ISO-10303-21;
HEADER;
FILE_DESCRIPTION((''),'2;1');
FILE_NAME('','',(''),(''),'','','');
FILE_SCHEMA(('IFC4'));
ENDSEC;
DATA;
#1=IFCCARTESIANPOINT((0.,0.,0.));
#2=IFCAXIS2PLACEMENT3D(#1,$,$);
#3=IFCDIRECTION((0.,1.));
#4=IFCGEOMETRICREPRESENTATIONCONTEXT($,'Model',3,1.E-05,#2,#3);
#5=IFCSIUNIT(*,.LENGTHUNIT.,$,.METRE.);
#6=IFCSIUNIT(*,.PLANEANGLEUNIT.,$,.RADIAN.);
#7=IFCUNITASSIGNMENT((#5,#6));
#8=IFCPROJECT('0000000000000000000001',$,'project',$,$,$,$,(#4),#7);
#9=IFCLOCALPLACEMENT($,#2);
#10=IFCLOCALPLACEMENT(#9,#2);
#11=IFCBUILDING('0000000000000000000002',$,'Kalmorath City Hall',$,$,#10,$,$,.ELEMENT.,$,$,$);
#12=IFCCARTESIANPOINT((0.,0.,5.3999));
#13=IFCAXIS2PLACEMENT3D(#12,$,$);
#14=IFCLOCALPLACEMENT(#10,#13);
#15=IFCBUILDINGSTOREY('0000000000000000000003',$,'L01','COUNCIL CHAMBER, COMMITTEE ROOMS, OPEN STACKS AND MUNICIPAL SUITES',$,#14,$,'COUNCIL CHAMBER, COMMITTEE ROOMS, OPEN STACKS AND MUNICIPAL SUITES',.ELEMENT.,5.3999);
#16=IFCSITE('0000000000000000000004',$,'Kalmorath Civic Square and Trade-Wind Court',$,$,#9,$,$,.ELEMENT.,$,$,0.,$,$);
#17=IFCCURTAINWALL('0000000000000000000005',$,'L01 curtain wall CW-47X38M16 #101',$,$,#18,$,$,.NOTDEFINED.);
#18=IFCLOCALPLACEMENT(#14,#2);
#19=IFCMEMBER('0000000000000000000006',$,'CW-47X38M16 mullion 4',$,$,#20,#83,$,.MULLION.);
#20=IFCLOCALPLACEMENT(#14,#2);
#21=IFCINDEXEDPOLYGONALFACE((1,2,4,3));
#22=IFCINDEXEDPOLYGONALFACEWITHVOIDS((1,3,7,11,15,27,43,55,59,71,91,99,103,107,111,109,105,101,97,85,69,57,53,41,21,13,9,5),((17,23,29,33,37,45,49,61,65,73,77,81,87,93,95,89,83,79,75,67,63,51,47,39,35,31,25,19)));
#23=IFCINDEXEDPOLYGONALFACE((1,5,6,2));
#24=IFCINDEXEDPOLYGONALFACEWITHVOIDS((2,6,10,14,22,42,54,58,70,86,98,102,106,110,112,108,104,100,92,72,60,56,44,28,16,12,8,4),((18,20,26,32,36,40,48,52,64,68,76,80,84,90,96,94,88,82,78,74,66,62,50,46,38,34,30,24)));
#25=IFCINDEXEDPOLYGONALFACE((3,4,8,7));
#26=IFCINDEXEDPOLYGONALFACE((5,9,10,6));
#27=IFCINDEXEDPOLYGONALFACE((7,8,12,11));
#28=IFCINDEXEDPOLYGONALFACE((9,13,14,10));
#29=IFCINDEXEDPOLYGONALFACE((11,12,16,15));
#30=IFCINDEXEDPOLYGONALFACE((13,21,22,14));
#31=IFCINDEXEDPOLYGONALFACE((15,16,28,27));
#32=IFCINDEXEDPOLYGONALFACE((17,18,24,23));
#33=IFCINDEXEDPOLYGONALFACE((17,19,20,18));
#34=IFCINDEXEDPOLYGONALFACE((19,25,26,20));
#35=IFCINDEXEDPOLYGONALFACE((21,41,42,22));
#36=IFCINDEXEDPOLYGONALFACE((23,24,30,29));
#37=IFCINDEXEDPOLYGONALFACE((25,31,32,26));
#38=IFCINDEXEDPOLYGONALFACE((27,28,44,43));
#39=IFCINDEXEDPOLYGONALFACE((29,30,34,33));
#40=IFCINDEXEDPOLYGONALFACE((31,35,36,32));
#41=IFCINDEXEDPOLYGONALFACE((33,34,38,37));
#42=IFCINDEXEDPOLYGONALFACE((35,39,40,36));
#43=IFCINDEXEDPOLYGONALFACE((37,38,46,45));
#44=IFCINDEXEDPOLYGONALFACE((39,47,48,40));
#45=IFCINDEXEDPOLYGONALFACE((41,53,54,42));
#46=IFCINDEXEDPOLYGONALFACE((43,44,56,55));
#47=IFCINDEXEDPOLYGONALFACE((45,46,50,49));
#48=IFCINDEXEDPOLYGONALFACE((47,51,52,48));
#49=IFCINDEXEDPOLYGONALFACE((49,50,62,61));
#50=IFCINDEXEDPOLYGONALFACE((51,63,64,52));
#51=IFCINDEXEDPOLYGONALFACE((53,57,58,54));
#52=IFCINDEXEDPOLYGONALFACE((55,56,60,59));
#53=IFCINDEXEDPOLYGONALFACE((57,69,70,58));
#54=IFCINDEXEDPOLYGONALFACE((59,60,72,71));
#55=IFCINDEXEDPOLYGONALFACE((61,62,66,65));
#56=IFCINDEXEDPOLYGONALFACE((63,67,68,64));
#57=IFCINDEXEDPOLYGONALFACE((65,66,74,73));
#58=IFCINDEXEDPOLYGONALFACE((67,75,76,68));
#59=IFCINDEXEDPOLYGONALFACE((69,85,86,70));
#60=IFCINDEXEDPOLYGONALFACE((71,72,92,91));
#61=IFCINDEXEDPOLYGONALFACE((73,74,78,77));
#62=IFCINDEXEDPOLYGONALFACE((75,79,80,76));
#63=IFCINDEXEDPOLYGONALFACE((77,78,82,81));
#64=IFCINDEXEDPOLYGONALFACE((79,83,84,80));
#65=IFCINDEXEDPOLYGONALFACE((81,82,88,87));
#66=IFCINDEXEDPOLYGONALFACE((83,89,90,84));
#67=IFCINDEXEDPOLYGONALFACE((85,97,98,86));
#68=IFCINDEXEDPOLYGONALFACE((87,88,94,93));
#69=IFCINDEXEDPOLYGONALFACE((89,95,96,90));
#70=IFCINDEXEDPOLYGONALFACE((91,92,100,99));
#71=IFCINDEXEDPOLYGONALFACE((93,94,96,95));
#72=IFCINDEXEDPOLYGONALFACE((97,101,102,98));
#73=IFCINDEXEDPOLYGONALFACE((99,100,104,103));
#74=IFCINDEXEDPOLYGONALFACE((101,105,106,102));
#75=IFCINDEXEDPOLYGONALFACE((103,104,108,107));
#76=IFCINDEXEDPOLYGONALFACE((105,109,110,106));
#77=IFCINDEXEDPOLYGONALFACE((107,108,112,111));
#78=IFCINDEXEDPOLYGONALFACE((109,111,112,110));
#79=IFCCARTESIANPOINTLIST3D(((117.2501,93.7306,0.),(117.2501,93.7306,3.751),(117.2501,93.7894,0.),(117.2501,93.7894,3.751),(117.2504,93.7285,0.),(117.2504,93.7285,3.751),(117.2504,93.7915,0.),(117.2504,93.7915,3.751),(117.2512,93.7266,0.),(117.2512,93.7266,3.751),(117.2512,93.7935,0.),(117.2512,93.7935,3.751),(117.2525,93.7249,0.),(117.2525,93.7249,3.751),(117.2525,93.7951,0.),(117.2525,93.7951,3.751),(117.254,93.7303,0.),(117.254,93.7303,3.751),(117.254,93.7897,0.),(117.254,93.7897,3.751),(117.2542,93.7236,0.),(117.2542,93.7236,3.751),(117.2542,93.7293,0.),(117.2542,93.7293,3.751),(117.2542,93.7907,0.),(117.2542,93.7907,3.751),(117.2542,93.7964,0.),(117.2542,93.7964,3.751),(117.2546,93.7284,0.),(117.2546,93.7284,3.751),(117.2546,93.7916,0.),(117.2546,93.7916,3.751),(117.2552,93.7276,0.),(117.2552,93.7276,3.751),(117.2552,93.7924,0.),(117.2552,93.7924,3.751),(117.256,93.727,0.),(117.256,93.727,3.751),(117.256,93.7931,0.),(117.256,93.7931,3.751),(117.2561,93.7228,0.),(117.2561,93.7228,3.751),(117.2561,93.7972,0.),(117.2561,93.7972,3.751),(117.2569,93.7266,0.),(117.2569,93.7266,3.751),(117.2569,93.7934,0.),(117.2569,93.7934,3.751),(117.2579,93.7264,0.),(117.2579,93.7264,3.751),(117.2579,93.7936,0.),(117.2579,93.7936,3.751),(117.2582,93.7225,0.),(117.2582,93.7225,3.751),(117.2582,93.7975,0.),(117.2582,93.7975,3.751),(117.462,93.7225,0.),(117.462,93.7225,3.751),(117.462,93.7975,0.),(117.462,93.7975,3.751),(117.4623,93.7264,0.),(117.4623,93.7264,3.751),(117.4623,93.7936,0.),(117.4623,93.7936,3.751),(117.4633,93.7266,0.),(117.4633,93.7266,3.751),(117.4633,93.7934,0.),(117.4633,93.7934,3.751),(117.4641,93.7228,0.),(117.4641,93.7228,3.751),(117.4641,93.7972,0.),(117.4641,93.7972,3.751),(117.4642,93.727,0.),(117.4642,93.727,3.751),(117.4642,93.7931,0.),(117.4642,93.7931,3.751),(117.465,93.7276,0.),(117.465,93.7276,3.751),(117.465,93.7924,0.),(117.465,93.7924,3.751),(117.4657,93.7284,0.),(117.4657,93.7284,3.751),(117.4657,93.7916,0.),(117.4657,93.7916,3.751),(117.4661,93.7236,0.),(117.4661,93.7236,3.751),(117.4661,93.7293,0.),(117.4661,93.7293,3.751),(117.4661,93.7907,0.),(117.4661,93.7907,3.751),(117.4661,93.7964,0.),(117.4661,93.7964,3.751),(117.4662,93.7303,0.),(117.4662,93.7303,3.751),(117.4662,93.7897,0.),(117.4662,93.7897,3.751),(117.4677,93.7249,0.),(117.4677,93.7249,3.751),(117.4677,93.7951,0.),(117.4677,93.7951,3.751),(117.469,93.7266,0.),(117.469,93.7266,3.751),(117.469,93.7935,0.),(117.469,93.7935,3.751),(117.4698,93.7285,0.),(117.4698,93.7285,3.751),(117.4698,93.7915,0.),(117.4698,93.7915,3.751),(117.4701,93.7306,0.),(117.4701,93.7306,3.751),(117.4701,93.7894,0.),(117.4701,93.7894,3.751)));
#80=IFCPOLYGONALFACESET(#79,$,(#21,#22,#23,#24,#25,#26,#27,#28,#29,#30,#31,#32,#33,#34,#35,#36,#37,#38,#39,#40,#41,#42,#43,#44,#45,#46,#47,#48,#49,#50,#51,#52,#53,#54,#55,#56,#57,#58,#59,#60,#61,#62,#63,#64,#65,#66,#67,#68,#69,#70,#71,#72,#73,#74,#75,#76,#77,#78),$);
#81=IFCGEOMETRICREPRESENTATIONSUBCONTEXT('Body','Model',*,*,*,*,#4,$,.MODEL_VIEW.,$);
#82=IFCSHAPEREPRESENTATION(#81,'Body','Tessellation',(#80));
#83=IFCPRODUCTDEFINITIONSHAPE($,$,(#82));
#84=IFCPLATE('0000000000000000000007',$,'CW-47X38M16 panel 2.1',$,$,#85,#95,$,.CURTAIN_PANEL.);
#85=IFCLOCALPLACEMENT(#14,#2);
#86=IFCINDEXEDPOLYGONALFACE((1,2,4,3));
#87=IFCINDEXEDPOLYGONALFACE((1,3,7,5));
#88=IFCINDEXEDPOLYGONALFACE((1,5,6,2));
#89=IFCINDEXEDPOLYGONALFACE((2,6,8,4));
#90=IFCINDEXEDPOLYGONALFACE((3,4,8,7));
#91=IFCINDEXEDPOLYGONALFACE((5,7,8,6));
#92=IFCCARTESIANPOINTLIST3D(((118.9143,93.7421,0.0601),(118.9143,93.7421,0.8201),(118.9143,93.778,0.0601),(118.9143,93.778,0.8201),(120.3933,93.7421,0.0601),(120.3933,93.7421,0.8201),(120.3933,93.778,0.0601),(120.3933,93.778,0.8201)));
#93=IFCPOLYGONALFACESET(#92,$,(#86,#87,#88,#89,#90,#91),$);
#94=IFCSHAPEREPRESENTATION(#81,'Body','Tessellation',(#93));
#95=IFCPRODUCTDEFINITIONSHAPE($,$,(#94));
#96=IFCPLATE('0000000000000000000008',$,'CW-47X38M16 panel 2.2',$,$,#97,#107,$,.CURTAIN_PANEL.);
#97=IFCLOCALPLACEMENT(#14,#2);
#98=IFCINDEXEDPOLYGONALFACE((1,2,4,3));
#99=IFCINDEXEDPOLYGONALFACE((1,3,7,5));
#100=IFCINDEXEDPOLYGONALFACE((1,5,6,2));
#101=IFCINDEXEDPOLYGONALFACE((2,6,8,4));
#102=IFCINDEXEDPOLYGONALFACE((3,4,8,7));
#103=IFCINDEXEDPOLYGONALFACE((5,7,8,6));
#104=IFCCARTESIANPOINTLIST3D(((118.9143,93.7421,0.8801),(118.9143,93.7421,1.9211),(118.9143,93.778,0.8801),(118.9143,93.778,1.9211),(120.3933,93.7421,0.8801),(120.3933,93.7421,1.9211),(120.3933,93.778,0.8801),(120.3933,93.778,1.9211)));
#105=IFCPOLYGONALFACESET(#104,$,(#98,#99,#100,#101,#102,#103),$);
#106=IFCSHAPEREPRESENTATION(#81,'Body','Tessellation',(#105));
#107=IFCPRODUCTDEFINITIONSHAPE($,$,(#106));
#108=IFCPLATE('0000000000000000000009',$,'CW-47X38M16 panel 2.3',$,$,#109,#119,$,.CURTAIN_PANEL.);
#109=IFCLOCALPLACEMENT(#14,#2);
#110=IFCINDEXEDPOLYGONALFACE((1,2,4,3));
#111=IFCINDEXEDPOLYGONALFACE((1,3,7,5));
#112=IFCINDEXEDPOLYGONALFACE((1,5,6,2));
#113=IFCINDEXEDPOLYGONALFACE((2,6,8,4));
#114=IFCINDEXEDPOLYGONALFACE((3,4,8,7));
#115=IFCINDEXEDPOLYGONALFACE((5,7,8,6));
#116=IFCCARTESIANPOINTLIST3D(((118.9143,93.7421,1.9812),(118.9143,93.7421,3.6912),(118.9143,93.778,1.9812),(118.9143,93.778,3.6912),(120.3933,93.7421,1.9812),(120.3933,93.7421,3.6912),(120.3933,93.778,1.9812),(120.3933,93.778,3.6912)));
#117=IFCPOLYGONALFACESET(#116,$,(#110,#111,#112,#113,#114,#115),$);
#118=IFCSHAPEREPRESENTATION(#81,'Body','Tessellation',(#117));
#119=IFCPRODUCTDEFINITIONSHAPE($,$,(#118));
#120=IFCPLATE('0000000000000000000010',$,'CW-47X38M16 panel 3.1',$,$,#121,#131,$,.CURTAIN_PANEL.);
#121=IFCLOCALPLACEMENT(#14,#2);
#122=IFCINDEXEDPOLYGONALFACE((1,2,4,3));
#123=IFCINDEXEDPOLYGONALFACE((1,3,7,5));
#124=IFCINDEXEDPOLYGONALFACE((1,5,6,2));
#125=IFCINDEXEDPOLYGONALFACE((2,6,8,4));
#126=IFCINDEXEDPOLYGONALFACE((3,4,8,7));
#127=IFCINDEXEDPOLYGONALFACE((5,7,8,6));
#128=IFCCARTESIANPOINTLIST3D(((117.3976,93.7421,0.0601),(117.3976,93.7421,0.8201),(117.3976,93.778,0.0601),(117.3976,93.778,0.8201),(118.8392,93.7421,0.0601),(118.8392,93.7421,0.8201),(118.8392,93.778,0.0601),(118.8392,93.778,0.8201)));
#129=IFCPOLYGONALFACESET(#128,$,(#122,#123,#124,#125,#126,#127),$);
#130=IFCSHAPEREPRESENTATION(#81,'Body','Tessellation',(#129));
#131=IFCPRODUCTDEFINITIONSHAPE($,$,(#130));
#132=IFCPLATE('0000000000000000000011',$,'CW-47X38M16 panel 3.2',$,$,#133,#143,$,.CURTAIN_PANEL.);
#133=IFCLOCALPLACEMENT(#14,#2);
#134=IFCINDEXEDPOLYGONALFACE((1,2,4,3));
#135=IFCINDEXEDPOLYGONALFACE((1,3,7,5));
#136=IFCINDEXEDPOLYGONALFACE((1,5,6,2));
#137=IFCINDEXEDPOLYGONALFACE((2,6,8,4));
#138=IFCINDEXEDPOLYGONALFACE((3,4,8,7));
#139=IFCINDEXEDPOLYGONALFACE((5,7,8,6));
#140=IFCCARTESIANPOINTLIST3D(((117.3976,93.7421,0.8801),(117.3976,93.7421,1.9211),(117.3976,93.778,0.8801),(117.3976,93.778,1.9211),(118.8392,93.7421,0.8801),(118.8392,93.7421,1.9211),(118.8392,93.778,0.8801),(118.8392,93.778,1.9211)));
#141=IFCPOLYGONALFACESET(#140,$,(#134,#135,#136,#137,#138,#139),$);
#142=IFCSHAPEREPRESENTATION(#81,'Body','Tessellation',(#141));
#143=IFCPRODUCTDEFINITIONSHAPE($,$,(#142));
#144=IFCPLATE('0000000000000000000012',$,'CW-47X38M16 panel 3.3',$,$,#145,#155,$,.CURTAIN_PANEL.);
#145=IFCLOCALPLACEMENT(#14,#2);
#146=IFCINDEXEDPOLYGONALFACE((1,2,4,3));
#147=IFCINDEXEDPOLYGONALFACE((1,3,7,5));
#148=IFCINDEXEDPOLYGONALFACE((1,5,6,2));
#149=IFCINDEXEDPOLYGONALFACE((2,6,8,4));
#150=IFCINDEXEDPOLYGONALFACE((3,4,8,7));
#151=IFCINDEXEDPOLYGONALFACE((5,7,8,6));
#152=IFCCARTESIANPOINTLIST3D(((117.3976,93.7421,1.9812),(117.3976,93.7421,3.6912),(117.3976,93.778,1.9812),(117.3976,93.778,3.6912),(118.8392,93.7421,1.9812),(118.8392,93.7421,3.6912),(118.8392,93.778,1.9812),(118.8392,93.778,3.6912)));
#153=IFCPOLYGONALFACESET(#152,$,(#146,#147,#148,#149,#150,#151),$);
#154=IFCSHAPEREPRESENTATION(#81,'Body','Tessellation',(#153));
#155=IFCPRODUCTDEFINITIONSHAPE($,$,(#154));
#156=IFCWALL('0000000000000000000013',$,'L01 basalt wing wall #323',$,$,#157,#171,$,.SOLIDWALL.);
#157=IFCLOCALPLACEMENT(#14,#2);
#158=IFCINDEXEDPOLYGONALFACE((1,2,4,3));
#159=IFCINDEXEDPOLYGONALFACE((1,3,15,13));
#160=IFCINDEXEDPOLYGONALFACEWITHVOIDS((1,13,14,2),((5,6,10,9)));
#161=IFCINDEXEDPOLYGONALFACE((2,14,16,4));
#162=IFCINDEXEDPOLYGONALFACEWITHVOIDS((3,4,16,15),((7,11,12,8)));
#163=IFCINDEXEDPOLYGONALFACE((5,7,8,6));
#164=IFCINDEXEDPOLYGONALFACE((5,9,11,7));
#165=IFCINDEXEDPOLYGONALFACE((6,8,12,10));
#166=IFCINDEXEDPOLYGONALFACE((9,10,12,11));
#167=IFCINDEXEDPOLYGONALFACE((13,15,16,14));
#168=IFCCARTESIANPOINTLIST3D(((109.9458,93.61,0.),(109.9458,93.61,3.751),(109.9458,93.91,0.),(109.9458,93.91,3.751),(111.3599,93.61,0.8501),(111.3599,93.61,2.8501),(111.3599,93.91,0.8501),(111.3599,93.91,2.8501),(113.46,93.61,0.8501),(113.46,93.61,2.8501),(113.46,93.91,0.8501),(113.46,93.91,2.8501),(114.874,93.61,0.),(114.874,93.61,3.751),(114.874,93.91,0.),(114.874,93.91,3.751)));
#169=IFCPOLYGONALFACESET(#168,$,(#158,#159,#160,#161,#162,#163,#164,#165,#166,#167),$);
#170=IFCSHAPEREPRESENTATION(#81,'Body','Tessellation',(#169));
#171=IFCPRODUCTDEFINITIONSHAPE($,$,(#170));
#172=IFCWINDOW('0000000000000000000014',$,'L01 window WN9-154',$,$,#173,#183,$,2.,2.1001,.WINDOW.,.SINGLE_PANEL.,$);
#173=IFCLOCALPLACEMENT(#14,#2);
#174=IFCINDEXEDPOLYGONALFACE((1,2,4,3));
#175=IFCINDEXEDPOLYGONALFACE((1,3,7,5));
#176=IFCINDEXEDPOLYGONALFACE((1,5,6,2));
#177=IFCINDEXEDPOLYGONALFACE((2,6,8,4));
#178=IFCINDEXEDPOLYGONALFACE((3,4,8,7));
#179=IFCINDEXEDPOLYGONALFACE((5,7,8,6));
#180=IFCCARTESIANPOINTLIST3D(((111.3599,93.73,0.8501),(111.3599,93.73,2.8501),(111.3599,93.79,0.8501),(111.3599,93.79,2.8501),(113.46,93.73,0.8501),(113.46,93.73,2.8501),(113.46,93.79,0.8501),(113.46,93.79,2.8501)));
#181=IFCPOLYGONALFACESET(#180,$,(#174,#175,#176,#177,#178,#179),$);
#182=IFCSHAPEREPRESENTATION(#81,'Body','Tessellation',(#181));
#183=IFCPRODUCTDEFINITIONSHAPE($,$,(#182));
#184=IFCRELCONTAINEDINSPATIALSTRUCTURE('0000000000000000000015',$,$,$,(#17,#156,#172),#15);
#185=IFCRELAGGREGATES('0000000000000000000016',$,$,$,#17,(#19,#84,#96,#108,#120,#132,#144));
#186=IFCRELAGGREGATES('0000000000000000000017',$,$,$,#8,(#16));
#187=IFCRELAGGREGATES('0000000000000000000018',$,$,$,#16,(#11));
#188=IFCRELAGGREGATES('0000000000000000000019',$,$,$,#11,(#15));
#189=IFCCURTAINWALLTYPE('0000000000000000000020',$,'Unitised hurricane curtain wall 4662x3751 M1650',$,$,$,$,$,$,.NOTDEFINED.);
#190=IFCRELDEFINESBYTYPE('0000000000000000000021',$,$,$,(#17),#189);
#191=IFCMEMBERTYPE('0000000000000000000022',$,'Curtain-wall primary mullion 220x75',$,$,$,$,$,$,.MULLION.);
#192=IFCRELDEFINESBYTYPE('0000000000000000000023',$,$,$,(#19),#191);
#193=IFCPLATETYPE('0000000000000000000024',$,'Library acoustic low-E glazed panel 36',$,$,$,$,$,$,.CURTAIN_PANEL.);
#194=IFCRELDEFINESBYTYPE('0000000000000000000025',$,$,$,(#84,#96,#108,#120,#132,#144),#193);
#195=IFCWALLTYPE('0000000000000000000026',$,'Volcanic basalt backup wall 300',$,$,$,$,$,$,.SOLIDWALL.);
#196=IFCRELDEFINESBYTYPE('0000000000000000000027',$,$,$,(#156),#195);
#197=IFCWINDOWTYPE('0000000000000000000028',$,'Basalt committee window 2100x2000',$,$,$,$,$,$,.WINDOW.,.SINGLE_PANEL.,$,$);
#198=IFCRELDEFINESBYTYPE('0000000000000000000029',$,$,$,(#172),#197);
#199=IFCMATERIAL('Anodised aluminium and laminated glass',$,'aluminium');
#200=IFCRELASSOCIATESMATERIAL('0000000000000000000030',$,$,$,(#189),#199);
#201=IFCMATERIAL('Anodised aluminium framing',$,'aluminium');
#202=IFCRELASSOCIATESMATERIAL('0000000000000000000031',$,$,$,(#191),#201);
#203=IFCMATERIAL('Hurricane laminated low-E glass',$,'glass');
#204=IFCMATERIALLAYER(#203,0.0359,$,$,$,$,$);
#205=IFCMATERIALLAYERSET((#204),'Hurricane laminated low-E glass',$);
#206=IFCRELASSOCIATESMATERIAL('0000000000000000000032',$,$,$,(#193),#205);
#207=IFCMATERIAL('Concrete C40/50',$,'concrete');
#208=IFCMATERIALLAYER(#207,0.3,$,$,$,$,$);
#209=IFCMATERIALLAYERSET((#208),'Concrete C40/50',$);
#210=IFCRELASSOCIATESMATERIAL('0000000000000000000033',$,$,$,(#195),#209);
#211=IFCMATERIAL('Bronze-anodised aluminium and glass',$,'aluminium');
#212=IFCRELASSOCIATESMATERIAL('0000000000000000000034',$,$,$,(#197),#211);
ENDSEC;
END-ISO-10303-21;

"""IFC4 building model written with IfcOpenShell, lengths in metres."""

from ifc_helpers import new_model, si_unit, direction, frame, frame_2d, origin, origin_2d, place, context, subcontext, project, spatial, rectangle, hollow_rectangle, extrude, material, layer, layer_set, material_profile, profile_set, type_object, element, fill, aggregate, save


model = new_model("IFC4")

# Units and contexts
model_context = context("Model", 3, precision=1e-05, world=origin(), true_north=direction((0.0, 1.0)))
body_context = subcontext(model_context, "Body", "Model", "MODEL_VIEW")
ifc_project = project(units=[si_unit("LENGTHUNIT", "METRE"), si_unit("PLANEANGLEUNIT", "RADIAN")], contexts=[model_context])

# Site, building, storey
site_placement = place(None, origin())
site = spatial("IfcSite", under=ifc_project, at=site_placement, Name="Kalmorath Civic Square and Trade-Wind Court", CompositionType="ELEMENT", RefElevation=0.0)
building_placement = place(site_placement, origin())
building = spatial("IfcBuilding", under=site, at=building_placement, Name="Kalmorath City Hall", CompositionType="ELEMENT")
storey_placement = place(building_placement, frame((0.0, 0.0, 5.3999)))
storey = spatial("IfcBuildingStorey", under=building, at=storey_placement, Name="L01", Description="COUNCIL CHAMBER, COMMITTEE ROOMS, OPEN STACKS AND MUNICIPAL SUITES", LongName="COUNCIL CHAMBER, COMMITTEE ROOMS, OPEN STACKS AND MUNICIPAL SUITES", CompositionType="ELEMENT", Elevation=5.3999)

# Curtain wall, member, plates
ifc_material_1 = material(Name="Anodised aluminium and laminated glass", Category="aluminium")
curtain_wall_type = type_object("IfcCurtainWallType", Name="Unitised hurricane curtain wall 4662x3751 M1650", PredefinedType="NOTDEFINED", material=ifc_material_1)
curtain_wall_placement = place(storey_placement, origin())
curtain_wall = element("IfcCurtainWall", 1, at=curtain_wall_placement, inside=storey, type_object=curtain_wall_type, Name="L01 curtain wall CW-47X38M16 #101", PredefinedType="NOTDEFINED")
ifc_material_2 = material(Name="Anodised aluminium framing", Category="aluminium")
ifc_material_profile_1 = material_profile(ifc_material_2, hollow_rectangle(XDim=0.075, YDim=0.22, WallThickness=0.0039, InnerFilletRadius=0.0039, OuterFilletRadius=0.0081, at=origin_2d()), Name="ALU-MUL-220X75X4")
ifc_profile_set_1 = profile_set([ifc_material_profile_1], Name="Anodised aluminium framing")
member_type_1 = type_object("IfcMemberType", Name="Curtain-wall primary mullion 220x75", PredefinedType="MULLION", material=ifc_profile_set_1)
member_1_placement = place(storey_placement, frame((117.3601, 93.76, 0.0), z_axis=(0.0, 0.0, 1.0), x_axis=(0.0, -1.0, 0.0)))
member_1 = element("IfcMember", 2, at=member_1_placement, type_object=member_type_1, Name="CW-47X38M16 mullion 4", PredefinedType="MULLION", context=body_context, shape_type="SweptSolid", body=[
    extrude(hollow_rectangle(XDim=0.075, YDim=0.22, WallThickness=0.0039, InnerFilletRadius=0.0039, OuterFilletRadius=0.0081, at=origin_2d()), origin(), (0.0, 0.0, 1.0), 3.751),
])
ifc_material_3 = material(Name="Hurricane laminated low-E glass", Category="glass")
ifc_layer_1 = layer(ifc_material_3, 0.0359)
ifc_layer_set_1 = layer_set([ifc_layer_1], Name="Hurricane laminated low-E glass")
plate_type = type_object("IfcPlateType", Name="Library acoustic low-E glazed panel 36", PredefinedType="CURTAIN_PANEL", material=ifc_layer_set_1)
plate_1_placement = place(storey_placement, frame((119.6538, 93.76, 0.0601), z_axis=(0.0, 0.0, 1.0), x_axis=(-1.0, 0.0, 0.0)))
plate_1 = element("IfcPlate", 3, at=plate_1_placement, type_object=plate_type, Name="CW-47X38M16 panel 2.1", PredefinedType="CURTAIN_PANEL", context=body_context, shape_type="SweptSolid", body=[
    extrude(rectangle(XDim=1.479, YDim=0.0359, at=origin_2d()), origin(), (0.0, 0.0, 1.0), 0.76),
])
plate_2_placement = place(storey_placement, frame((119.6538, 93.76, 0.8801), z_axis=(0.0, 0.0, 1.0), x_axis=(-1.0, 0.0, 0.0)))
plate_2 = element("IfcPlate", 4, at=plate_2_placement, type_object=plate_type, Name="CW-47X38M16 panel 2.2", PredefinedType="CURTAIN_PANEL", context=body_context, shape_type="SweptSolid", body=[
    extrude(rectangle(XDim=1.479, YDim=0.0359, at=origin_2d()), origin(), (0.0, 0.0, 1.0), 1.041),
])
plate_3_placement = place(storey_placement, frame((119.6538, 93.76, 1.9812), z_axis=(0.0, 0.0, 1.0), x_axis=(-1.0, 0.0, 0.0)))
plate_3 = element("IfcPlate", 5, at=plate_3_placement, type_object=plate_type, Name="CW-47X38M16 panel 2.3", PredefinedType="CURTAIN_PANEL", context=body_context, shape_type="SweptSolid", body=[
    extrude(rectangle(XDim=1.479, YDim=0.0359, at=origin_2d()), origin(), (0.0, 0.0, 1.0), 1.71),
])
plate_4_placement = place(storey_placement, frame((118.1184, 93.76, 0.0601), z_axis=(0.0, 0.0, 1.0), x_axis=(-1.0, 0.0, 0.0)))
plate_4 = element("IfcPlate", 6, at=plate_4_placement, type_object=plate_type, Name="CW-47X38M16 panel 3.1", PredefinedType="CURTAIN_PANEL", context=body_context, shape_type="SweptSolid", body=[
    extrude(rectangle(XDim=1.4417, YDim=0.0359, at=origin_2d()), origin(), (0.0, 0.0, 1.0), 0.76),
])
plate_5_placement = place(storey_placement, frame((118.1184, 93.76, 0.8801), z_axis=(0.0, 0.0, 1.0), x_axis=(-1.0, 0.0, 0.0)))
plate_5 = element("IfcPlate", 7, at=plate_5_placement, type_object=plate_type, Name="CW-47X38M16 panel 3.2", PredefinedType="CURTAIN_PANEL", context=body_context, shape_type="SweptSolid", body=[
    extrude(rectangle(XDim=1.4417, YDim=0.0359, at=origin_2d()), origin(), (0.0, 0.0, 1.0), 1.041),
])
plate_6_placement = place(storey_placement, frame((118.1184, 93.76, 1.9812), z_axis=(0.0, 0.0, 1.0), x_axis=(-1.0, 0.0, 0.0)))
plate_6 = element("IfcPlate", 8, at=plate_6_placement, type_object=plate_type, Name="CW-47X38M16 panel 3.3", PredefinedType="CURTAIN_PANEL", context=body_context, shape_type="SweptSolid", body=[
    extrude(rectangle(XDim=1.4417, YDim=0.0359, at=origin_2d()), origin(), (0.0, 0.0, 1.0), 1.71),
])
aggregate(curtain_wall, [member_1, plate_1, plate_2, plate_3, plate_4, plate_5, plate_6])

# Wall, opening, window
ifc_material_4 = material(Name="Concrete C40/50", Category="concrete")
ifc_layer_2 = layer(ifc_material_4, 0.3)
ifc_layer_set_2 = layer_set([ifc_layer_2], Name="Concrete C40/50")
wall_type = type_object("IfcWallType", Name="Volcanic basalt backup wall 300", PredefinedType="SOLIDWALL", material=ifc_layer_set_2)
wall_placement = place(storey_placement, frame((114.874, 93.76, 0.0), z_axis=(0.0, 0.0, 1.0), x_axis=(-1.0, 0.0, 0.0)))
wall = element("IfcWall", 9, at=wall_placement, inside=storey, type_object=wall_type, Name="L01 basalt wing wall #323", PredefinedType="SOLIDWALL", context=body_context, shape_type="SweptSolid", body=[
    extrude(rectangle(XDim=4.9282, YDim=0.3, at=frame_2d((2.4641, 0.0))), origin(), (0.0, 0.0, 1.0), 3.751),
])
opening_placement = place(wall_placement, frame((1.4141, 0.0, 0.8501)))
opening = element("IfcOpeningElement", 10, at=opening_placement, cuts=wall, PredefinedType="OPENING", context=body_context, shape_type="SweptSolid", body=[
    extrude(rectangle(XDim=2.1001, YDim=2.0, at=frame_2d((1.05, 1.0))), frame((0.0, 0.1599, 0.0), z_axis=(0.0, -1.0, 0.0), x_axis=(1.0, 0.0, 0.0)), (0.0, 0.0, 1.0), 0.3201),
])
ifc_material_5 = material(Name="Bronze-anodised aluminium and glass", Category="aluminium")
window_type = type_object("IfcWindowType", Name="Basalt committee window 2100x2000", PartitioningType="SINGLE_PANEL", PredefinedType="WINDOW", material=ifc_material_5)
window_placement = place(opening_placement, origin())
window = element("IfcWindow", 11, at=window_placement, inside=storey, type_object=window_type, Name="L01 window WN9-154", OverallHeight=2.0, OverallWidth=2.1001, PartitioningType="SINGLE_PANEL", PredefinedType="WINDOW", context=body_context, shape_type="SweptSolid", body=[
    extrude(rectangle(XDim=2.1001, YDim=2.0, at=frame_2d((1.05, 1.0))), frame((0.0, 0.03, 0.0), z_axis=(0.0, -1.0, 0.0), x_axis=(1.0, 0.0, 0.0)), (0.0, 0.0, 1.0), 0.0601),
])
fill(opening, window)

save(model, "model.ifc")
